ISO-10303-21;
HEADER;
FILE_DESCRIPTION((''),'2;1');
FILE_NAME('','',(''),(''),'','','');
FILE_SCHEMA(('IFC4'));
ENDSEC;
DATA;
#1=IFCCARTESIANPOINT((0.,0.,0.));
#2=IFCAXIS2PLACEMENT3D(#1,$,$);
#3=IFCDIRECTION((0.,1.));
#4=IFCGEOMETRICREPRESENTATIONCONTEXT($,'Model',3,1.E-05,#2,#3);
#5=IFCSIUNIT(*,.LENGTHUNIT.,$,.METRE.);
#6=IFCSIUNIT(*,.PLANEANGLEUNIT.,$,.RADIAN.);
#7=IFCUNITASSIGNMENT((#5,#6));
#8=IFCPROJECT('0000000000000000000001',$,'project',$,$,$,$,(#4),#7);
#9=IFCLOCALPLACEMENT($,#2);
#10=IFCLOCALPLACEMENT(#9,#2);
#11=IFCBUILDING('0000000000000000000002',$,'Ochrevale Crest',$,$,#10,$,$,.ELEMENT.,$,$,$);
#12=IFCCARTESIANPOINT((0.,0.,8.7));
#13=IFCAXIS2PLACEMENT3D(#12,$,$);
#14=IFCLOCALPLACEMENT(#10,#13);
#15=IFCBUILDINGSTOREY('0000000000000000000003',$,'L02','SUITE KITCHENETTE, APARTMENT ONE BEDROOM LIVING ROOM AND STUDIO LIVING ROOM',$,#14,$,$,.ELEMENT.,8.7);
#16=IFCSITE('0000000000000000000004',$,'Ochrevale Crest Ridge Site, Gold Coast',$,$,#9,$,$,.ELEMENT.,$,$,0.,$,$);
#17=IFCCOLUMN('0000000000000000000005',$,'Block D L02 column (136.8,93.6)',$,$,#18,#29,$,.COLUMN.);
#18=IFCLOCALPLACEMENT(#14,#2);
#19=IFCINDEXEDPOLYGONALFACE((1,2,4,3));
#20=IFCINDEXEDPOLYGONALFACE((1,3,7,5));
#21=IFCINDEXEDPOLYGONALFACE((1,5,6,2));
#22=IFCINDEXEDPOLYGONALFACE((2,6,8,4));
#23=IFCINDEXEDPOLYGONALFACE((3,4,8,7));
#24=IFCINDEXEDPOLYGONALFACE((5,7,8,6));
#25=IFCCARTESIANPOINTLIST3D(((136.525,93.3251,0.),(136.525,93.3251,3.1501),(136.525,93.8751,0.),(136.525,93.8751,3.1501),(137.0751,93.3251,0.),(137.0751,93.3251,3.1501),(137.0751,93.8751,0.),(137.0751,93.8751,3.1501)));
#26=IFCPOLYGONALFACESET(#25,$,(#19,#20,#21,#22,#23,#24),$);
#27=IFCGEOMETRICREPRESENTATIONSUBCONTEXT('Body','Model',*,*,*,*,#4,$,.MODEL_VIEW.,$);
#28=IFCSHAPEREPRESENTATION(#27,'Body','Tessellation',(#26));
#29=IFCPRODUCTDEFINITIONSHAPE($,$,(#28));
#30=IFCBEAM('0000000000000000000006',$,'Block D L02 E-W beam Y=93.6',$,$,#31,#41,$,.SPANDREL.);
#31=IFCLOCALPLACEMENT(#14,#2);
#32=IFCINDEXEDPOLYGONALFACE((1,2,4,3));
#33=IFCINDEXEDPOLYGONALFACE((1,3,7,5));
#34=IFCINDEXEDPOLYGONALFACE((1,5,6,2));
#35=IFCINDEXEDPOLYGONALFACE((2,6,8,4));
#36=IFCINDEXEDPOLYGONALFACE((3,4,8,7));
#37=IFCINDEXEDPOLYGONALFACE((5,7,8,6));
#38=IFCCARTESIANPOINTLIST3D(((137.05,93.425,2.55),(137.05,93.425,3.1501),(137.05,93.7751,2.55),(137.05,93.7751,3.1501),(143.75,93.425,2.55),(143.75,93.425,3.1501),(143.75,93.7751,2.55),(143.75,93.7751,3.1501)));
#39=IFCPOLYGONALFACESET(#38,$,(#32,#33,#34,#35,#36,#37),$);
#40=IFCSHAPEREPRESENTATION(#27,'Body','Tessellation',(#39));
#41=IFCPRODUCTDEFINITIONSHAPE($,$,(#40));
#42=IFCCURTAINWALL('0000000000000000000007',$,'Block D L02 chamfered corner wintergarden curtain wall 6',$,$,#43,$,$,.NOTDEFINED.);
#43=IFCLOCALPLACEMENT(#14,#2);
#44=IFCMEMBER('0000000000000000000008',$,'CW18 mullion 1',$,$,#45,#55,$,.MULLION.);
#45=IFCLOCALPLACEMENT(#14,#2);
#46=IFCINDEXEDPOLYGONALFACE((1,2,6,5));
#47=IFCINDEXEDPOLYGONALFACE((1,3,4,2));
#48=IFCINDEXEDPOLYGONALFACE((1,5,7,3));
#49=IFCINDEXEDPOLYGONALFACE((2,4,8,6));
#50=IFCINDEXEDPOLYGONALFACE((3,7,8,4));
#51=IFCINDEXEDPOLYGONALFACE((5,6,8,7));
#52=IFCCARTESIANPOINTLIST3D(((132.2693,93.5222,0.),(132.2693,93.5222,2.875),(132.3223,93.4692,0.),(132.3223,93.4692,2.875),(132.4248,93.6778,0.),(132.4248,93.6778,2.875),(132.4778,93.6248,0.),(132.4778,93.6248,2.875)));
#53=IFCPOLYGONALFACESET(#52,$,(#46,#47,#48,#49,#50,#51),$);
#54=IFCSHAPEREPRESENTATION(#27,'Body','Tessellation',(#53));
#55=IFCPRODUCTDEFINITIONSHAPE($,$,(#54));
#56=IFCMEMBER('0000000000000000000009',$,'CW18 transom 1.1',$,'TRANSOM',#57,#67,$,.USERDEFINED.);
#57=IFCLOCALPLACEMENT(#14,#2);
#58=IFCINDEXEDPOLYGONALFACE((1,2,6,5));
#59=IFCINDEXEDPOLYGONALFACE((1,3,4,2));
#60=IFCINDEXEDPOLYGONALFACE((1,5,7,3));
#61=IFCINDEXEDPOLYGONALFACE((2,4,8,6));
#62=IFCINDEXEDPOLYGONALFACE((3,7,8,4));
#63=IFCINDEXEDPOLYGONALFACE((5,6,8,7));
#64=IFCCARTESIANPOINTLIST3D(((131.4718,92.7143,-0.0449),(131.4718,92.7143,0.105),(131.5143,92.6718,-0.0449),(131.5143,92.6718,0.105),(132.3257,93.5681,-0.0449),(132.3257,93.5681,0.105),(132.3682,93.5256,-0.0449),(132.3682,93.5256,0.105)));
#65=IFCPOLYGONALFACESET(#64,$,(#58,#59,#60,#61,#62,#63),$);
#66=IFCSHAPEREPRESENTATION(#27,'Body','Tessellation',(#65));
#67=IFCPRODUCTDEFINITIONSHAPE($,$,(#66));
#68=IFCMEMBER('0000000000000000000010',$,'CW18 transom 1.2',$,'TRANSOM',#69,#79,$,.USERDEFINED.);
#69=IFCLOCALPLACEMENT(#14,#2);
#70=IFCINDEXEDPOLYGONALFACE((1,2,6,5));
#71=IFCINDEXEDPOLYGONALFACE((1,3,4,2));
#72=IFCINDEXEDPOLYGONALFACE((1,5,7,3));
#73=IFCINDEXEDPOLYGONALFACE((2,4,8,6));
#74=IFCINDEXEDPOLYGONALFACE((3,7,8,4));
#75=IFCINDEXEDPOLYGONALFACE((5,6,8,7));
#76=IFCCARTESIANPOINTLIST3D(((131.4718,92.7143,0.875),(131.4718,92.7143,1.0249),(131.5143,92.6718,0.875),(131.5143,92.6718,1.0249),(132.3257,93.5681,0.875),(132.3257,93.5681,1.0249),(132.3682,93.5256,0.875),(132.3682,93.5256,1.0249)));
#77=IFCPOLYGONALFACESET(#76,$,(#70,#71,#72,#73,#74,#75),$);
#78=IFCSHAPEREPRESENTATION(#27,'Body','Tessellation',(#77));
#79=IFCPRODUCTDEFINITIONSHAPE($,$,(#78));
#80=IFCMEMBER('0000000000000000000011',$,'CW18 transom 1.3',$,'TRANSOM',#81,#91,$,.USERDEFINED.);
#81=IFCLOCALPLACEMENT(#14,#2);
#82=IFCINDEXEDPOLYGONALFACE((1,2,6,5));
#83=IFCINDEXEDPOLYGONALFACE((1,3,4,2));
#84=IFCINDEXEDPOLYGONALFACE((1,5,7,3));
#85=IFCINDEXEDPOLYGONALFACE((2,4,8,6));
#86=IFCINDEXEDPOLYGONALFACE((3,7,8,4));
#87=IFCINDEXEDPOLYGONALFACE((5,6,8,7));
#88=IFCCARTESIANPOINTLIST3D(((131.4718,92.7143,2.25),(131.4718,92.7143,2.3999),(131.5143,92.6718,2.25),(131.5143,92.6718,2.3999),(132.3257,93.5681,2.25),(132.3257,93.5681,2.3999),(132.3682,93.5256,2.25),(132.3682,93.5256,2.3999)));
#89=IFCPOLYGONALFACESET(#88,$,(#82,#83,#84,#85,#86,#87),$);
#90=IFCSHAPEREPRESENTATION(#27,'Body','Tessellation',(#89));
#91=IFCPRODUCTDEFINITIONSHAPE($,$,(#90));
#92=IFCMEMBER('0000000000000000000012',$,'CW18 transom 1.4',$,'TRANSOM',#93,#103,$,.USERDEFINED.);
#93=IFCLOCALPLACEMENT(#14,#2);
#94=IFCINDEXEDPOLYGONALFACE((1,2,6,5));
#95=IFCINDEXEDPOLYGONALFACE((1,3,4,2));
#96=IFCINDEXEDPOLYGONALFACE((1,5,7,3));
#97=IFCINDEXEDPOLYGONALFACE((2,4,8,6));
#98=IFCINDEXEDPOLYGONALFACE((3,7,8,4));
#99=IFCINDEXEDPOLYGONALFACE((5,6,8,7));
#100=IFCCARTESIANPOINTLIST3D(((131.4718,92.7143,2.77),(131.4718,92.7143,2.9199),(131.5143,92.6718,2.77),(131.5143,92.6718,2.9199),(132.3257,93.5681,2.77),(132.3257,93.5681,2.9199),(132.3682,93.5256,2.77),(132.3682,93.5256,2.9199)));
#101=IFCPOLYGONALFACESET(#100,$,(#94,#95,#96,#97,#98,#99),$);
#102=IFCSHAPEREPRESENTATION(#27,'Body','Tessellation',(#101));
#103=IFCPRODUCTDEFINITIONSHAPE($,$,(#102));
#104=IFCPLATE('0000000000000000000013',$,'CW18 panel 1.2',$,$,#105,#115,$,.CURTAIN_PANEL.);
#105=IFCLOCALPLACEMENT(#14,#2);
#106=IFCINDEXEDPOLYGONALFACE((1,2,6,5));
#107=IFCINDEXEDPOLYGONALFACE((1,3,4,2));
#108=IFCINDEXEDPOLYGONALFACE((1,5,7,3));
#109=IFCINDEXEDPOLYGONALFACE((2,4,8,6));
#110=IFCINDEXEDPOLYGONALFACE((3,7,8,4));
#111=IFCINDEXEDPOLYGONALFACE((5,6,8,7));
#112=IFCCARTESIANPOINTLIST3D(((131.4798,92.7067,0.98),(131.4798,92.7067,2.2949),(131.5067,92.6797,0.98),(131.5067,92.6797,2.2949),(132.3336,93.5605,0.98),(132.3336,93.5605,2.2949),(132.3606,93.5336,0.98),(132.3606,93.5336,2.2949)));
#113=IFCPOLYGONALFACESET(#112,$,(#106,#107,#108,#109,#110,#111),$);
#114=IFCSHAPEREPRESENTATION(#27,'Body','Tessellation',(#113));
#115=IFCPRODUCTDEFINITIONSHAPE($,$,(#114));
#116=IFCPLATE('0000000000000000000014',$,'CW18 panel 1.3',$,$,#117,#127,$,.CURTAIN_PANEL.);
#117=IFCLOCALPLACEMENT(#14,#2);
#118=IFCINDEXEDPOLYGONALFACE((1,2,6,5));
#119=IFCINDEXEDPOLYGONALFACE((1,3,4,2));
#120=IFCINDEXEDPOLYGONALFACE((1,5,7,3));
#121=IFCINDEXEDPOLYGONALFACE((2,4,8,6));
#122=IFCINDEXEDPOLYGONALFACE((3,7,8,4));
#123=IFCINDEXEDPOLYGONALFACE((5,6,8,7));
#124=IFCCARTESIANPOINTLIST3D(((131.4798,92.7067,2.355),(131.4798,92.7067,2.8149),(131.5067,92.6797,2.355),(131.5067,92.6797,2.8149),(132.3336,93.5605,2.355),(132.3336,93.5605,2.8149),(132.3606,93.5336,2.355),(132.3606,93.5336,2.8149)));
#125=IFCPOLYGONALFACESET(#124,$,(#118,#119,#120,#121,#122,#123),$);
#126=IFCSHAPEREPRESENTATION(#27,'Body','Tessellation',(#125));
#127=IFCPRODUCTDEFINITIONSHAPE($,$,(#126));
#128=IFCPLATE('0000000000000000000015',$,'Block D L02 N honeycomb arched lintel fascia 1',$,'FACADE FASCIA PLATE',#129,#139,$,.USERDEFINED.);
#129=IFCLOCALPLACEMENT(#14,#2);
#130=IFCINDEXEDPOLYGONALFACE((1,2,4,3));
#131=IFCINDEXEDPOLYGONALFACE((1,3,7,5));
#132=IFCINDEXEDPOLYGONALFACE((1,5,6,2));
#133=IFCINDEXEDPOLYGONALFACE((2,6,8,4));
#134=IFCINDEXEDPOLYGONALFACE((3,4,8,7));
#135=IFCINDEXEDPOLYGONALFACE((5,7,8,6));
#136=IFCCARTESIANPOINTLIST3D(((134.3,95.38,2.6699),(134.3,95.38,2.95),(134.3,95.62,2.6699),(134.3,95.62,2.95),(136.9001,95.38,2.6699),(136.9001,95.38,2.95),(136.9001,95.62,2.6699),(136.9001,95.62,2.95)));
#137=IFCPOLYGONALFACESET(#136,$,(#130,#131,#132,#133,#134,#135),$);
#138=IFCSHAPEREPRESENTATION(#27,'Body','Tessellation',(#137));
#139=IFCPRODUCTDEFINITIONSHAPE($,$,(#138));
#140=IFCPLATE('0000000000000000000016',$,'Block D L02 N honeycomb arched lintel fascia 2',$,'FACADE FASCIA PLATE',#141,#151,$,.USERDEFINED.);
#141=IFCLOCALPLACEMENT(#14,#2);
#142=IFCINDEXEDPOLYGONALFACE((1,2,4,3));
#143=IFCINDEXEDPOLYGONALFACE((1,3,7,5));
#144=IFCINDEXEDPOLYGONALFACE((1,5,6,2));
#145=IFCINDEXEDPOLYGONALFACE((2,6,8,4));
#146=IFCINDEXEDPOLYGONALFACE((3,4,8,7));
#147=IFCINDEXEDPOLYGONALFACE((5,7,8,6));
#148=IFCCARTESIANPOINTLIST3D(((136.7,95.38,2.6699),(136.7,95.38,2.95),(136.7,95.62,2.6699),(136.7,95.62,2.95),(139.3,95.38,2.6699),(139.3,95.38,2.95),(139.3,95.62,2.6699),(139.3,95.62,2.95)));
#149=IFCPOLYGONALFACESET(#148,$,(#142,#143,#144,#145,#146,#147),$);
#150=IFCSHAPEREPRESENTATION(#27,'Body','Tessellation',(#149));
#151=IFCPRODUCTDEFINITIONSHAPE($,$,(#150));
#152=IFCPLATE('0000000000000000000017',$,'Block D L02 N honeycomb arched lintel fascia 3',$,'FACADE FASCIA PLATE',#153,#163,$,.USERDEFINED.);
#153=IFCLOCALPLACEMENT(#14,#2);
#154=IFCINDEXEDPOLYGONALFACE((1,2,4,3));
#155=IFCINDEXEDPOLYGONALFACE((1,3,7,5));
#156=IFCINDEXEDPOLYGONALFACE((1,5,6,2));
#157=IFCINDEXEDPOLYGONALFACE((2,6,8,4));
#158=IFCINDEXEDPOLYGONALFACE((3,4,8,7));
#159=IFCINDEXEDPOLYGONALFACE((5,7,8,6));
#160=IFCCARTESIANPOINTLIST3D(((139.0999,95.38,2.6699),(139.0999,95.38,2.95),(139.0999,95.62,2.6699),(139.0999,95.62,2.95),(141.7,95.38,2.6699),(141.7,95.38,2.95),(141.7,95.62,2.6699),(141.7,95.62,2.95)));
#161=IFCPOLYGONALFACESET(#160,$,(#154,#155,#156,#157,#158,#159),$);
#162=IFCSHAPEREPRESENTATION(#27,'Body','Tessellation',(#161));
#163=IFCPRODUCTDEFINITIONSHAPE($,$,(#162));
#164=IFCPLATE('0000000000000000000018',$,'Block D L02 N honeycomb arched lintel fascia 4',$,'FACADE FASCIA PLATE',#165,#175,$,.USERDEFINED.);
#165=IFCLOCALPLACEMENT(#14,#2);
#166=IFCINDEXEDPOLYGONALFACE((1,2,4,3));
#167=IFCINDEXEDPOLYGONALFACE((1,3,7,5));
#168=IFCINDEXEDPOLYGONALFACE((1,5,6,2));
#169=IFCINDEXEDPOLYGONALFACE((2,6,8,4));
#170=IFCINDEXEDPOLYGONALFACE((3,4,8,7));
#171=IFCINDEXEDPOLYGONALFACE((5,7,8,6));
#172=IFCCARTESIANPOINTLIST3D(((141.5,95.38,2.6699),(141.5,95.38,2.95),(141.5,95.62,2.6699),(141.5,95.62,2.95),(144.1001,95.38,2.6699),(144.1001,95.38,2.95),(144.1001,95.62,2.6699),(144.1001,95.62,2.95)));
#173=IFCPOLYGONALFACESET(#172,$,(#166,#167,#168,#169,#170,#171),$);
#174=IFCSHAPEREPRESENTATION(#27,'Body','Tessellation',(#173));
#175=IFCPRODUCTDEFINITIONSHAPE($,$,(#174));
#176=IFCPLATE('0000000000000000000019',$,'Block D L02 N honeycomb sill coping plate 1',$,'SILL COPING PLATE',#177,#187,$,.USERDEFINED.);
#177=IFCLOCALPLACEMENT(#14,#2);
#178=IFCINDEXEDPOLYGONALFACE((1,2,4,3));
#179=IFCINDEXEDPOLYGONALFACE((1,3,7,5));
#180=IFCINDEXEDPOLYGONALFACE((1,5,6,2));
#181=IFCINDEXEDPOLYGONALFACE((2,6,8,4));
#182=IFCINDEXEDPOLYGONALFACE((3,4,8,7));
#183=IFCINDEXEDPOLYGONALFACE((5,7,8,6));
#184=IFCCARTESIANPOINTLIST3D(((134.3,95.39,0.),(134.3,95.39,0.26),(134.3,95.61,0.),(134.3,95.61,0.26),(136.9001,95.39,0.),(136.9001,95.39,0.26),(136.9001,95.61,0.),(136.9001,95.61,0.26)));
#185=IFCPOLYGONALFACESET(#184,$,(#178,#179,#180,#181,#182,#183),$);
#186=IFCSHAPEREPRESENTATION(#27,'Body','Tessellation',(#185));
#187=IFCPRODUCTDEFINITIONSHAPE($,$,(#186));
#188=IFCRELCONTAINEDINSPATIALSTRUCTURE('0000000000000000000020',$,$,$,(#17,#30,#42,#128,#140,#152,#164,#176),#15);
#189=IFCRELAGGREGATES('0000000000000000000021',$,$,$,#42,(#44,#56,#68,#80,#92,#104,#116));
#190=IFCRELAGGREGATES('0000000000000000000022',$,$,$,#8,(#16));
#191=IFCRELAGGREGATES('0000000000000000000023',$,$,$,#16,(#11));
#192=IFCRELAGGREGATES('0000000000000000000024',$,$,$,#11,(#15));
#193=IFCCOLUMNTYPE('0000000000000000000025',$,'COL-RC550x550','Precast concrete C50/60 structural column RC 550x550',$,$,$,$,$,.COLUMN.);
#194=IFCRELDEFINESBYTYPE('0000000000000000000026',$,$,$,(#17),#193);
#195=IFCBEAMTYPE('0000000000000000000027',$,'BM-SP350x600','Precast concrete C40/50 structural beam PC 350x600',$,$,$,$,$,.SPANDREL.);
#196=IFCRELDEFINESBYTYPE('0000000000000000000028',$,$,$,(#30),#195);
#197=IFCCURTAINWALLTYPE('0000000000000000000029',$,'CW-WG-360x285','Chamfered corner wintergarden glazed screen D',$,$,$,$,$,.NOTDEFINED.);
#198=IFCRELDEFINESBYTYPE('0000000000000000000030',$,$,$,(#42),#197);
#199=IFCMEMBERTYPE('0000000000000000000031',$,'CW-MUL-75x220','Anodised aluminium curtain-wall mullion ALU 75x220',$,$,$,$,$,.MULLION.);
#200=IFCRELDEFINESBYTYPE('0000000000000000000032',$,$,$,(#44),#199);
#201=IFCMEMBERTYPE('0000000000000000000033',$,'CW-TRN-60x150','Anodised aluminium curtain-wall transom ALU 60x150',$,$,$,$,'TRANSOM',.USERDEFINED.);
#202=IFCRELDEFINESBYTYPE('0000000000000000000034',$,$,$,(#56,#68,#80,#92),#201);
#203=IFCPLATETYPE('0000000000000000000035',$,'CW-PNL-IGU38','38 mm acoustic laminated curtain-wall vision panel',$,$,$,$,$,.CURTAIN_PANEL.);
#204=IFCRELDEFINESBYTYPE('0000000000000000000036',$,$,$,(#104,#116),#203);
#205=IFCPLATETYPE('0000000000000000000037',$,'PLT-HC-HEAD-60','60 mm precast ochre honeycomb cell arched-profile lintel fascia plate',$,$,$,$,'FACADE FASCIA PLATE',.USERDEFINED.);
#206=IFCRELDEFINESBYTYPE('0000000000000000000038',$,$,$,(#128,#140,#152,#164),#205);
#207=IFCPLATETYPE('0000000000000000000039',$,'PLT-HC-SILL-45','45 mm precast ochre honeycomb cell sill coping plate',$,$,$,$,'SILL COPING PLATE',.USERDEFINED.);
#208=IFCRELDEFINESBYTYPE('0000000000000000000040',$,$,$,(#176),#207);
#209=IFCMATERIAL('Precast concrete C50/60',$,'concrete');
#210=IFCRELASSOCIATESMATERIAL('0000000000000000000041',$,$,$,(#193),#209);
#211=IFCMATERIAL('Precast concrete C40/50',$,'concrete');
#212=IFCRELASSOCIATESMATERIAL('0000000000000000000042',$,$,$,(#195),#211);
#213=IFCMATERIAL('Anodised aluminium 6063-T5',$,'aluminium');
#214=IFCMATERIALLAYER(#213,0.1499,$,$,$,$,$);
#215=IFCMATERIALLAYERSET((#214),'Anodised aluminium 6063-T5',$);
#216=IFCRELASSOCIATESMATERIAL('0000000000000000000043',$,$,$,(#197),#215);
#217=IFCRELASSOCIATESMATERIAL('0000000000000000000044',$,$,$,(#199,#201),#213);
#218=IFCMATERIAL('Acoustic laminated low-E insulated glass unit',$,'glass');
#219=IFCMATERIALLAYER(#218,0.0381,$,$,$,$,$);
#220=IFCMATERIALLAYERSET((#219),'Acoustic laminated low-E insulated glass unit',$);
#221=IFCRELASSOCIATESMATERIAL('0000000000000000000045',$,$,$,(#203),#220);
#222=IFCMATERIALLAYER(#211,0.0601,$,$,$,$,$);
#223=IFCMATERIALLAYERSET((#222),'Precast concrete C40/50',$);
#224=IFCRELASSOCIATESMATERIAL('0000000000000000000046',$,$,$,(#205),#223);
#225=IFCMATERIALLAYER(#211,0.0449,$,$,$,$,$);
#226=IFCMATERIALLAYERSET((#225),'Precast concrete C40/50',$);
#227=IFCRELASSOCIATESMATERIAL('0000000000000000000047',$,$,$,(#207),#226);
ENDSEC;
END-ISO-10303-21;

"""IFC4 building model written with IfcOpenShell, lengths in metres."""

from ifc_helpers import new_model, si_unit, direction, frame, origin, origin_2d, place, context, subcontext, project, spatial, rectangle, extrude, material, layer, layer_set, material_profile, profile_set, type_object, element, aggregate, save


model = new_model("IFC4")

# Units and contexts
model_context = context("Model", 3, precision=1e-05, world=origin(), true_north=direction((0.0, 1.0)))
body_context = subcontext(model_context, "Body", "Model", "MODEL_VIEW")
ifc_project = project(units=[si_unit("LENGTHUNIT", "METRE"), si_unit("PLANEANGLEUNIT", "RADIAN")], contexts=[model_context])

# Site, building, storey
site_placement = place(None, origin())
site = spatial("IfcSite", under=ifc_project, at=site_placement, Name="Ochrevale Crest Ridge Site, Gold Coast", CompositionType="ELEMENT", RefElevation=0.0)
building_placement = place(site_placement, origin())
building = spatial("IfcBuilding", under=site, at=building_placement, Name="Ochrevale Crest", CompositionType="ELEMENT")
storey_placement = place(building_placement, frame((0.0, 0.0, 8.7)))
storey = spatial("IfcBuildingStorey", under=building, at=storey_placement, Name="L02", Description="SUITE KITCHENETTE, APARTMENT ONE BEDROOM LIVING ROOM AND STUDIO LIVING ROOM", CompositionType="ELEMENT", Elevation=8.7)

# Column
ifc_material_1 = material(Name="Precast concrete C50/60", Category="concrete")
ifc_material_profile_1 = material_profile(ifc_material_1, rectangle(XDim=0.55, YDim=0.55, at=origin_2d()), Name="RC 550x550")
ifc_profile_set_1 = profile_set([ifc_material_profile_1], Name="Precast concrete C50/60")
column_type = type_object("IfcColumnType", Name="COL-RC550x550", Description="Precast concrete C50/60 structural column RC 550x550", PredefinedType="COLUMN", material=ifc_profile_set_1)
column_placement = place(storey_placement, frame((136.8, 93.6001, 0.0), z_axis=(0.0, 0.0, 1.0), x_axis=(1.0, 0.0, 0.0)))
element("IfcColumn", 1, at=column_placement, inside=storey, type_object=column_type, Name="Block D L02 column (136.8,93.6)", PredefinedType="COLUMN", context=body_context, shape_type="SweptSolid", body=[
    extrude(rectangle(XDim=0.55, YDim=0.55, at=origin_2d()), origin(), (0.0, 0.0, 1.0), 3.1501),
])

# Beam
ifc_material_2 = material(Name="Precast concrete C40/50", Category="concrete")
ifc_material_profile_2 = material_profile(ifc_material_2, rectangle(XDim=0.3501, YDim=0.6001, at=origin_2d()), Name="PC 350x600")
ifc_profile_set_2 = profile_set([ifc_material_profile_2], Name="Precast concrete C40/50")
beam_type = type_object("IfcBeamType", Name="BM-SP350x600", Description="Precast concrete C40/50 structural beam PC 350x600", PredefinedType="SPANDREL", material=ifc_profile_set_2)
beam_placement = place(storey_placement, frame((137.05, 93.6001, 2.8501), z_axis=(1.0, 0.0, 0.0), x_axis=(0.0, 1.0, 0.0)))
element("IfcBeam", 2, at=beam_placement, inside=storey, type_object=beam_type, Name="Block D L02 E-W beam Y=93.6", PredefinedType="SPANDREL", context=body_context, shape_type="SweptSolid", body=[
    extrude(rectangle(XDim=0.3501, YDim=0.6001, at=origin_2d()), origin(), (0.0, 0.0, 1.0), 6.7),
])

# Curtain wall, members, plates
ifc_material_3 = material(Name="Anodised aluminium 6063-T5", Category="aluminium")
ifc_layer_1 = layer(ifc_material_3, 0.1499)
ifc_layer_set_1 = layer_set([ifc_layer_1], Name="Anodised aluminium 6063-T5")
curtain_wall_type = type_object("IfcCurtainWallType", Name="CW-WG-360x285", Description="Chamfered corner wintergarden glazed screen D", PredefinedType="NOTDEFINED", material=ifc_layer_set_1)
curtain_wall_placement = place(storey_placement, origin())
curtain_wall = element("IfcCurtainWall", 3, at=curtain_wall_placement, inside=storey, type_object=curtain_wall_type, Name="Block D L02 chamfered corner wintergarden curtain wall 6", PredefinedType="NOTDEFINED")
ifc_material_profile_3 = material_profile(ifc_material_3, rectangle(XDim=0.075, YDim=0.22, at=origin_2d()), Name="ALU 75x220")
ifc_profile_set_3 = profile_set([ifc_material_profile_3], Name="Anodised aluminium 6063-T5")
member_type_1 = type_object("IfcMemberType", Name="CW-MUL-75x220", Description="Anodised aluminium curtain-wall mullion ALU 75x220", PredefinedType="MULLION", material=ifc_profile_set_3)
member_1_placement = place(storey_placement, frame((132.3735, 93.5735, 0.0), z_axis=(0.0, 0.0, 1.0), x_axis=(0.707107, -0.707107, 0.0)))
member_1 = element("IfcMember", 4, at=member_1_placement, type_object=member_type_1, Name="CW18 mullion 1", PredefinedType="MULLION", context=body_context, shape_type="SweptSolid", body=[
    extrude(rectangle(XDim=0.075, YDim=0.22, at=origin_2d()), origin(), (0.0, 0.0, 1.0), 2.875),
])
ifc_material_profile_4 = material_profile(ifc_material_3, rectangle(XDim=0.0601, YDim=0.1499, at=origin_2d()), Name="ALU 60x150")
ifc_profile_set_4 = profile_set([ifc_material_profile_4], Name="Anodised aluminium 6063-T5")
member_type_2 = type_object("IfcMemberType", Name="CW-TRN-60x150", Description="Anodised aluminium curtain-wall transom ALU 60x150", ElementType="TRANSOM", PredefinedType="USERDEFINED", material=ifc_profile_set_4)
member_2_placement = place(storey_placement, frame((132.3469, 93.5469, 0.03), z_axis=(-0.707107, -0.707107, 0.0), x_axis=(0.707107, -0.707107, 0.0)))
member_2 = element("IfcMember", 5, at=member_2_placement, type_object=member_type_2, Name="CW18 transom 1.1", ObjectType="TRANSOM", PredefinedType="USERDEFINED", context=body_context, shape_type="SweptSolid", body=[
    extrude(rectangle(XDim=0.0601, YDim=0.1499, at=origin_2d()), origin(), (0.0, 0.0, 1.0), 1.2075),
])
member_3_placement = place(storey_placement, frame((132.3469, 93.5469, 0.95), z_axis=(-0.707107, -0.707107, 0.0), x_axis=(0.707107, -0.707107, 0.0)))
member_3 = element("IfcMember", 6, at=member_3_placement, type_object=member_type_2, Name="CW18 transom 1.2", ObjectType="TRANSOM", PredefinedType="USERDEFINED", context=body_context, shape_type="SweptSolid", body=[
    extrude(rectangle(XDim=0.0601, YDim=0.1499, at=origin_2d()), origin(), (0.0, 0.0, 1.0), 1.2075),
])
member_4_placement = place(storey_placement, frame((132.3469, 93.5469, 2.325), z_axis=(-0.707107, -0.707107, 0.0), x_axis=(0.707107, -0.707107, 0.0)))
member_4 = element("IfcMember", 7, at=member_4_placement, type_object=member_type_2, Name="CW18 transom 1.3", ObjectType="TRANSOM", PredefinedType="USERDEFINED", context=body_context, shape_type="SweptSolid", body=[
    extrude(rectangle(XDim=0.0601, YDim=0.1499, at=origin_2d()), origin(), (0.0, 0.0, 1.0), 1.2075),
])
member_5_placement = place(storey_placement, frame((132.3469, 93.5469, 2.845), z_axis=(-0.707107, -0.707107, 0.0), x_axis=(0.707107, -0.707107, 0.0)))
member_5 = element("IfcMember", 8, at=member_5_placement, type_object=member_type_2, Name="CW18 transom 1.4", ObjectType="TRANSOM", PredefinedType="USERDEFINED", context=body_context, shape_type="SweptSolid", body=[
    extrude(rectangle(XDim=0.0601, YDim=0.1499, at=origin_2d()), origin(), (0.0, 0.0, 1.0), 1.2075),
])
ifc_material_4 = material(Name="Acoustic laminated low-E insulated glass unit", Category="glass")
ifc_layer_2 = layer(ifc_material_4, 0.0381)
ifc_layer_set_2 = layer_set([ifc_layer_2], Name="Acoustic laminated low-E insulated glass unit")
plate_type_1 = type_object("IfcPlateType", Name="CW-PNL-IGU38", Description="38 mm acoustic laminated curtain-wall vision panel", PredefinedType="CURTAIN_PANEL", material=ifc_layer_set_2)
plate_1_placement = place(storey_placement, frame((131.9202, 93.1201, 0.98), z_axis=(0.0, 0.0, 1.0), x_axis=(-0.707107, -0.707107, 0.0)))
plate_1 = element("IfcPlate", 9, at=plate_1_placement, type_object=plate_type_1, Name="CW18 panel 1.2", PredefinedType="CURTAIN_PANEL", context=body_context, shape_type="SweptSolid", body=[
    extrude(rectangle(XDim=1.2075, YDim=0.0381, at=origin_2d()), origin(), (0.0, 0.0, 1.0), 1.3149),
])
plate_2_placement = place(storey_placement, frame((131.9202, 93.1201, 2.355), z_axis=(0.0, 0.0, 1.0), x_axis=(-0.707107, -0.707107, 0.0)))
plate_2 = element("IfcPlate", 10, at=plate_2_placement, type_object=plate_type_1, Name="CW18 panel 1.3", PredefinedType="CURTAIN_PANEL", context=body_context, shape_type="SweptSolid", body=[
    extrude(rectangle(XDim=1.2075, YDim=0.0381, at=origin_2d()), origin(), (0.0, 0.0, 1.0), 0.46),
])
aggregate(curtain_wall, [member_1, member_2, member_3, member_4, member_5, plate_1, plate_2])

# Plates
ifc_layer_3 = layer(ifc_material_2, 0.0601)
ifc_layer_set_3 = layer_set([ifc_layer_3], Name="Precast concrete C40/50")
plate_type_2 = type_object("IfcPlateType", Name="PLT-HC-HEAD-60", Description="60 mm precast ochre honeycomb cell arched-profile lintel fascia plate", ElementType="FACADE FASCIA PLATE", PredefinedType="USERDEFINED", material=ifc_layer_set_3)
for number, where, z_axis, x_axis, name in (
    (11, (135.6001, 95.5, 2.6699), (0.0, 0.0, 1.0), (1.0, 0.0, 0.0), "Block D L02 N honeycomb arched lintel fascia 1"),
    (12, (138.0, 95.5, 2.6699), (0.0, 0.0, 1.0), (1.0, 0.0, 0.0), "Block D L02 N honeycomb arched lintel fascia 2"),
    (13, (140.3999, 95.5, 2.6699), (0.0, 0.0, 1.0), (1.0, 0.0, 0.0), "Block D L02 N honeycomb arched lintel fascia 3"),
    (14, (142.8, 95.5, 2.6699), (0.0, 0.0, 1.0), (1.0, 0.0, 0.0), "Block D L02 N honeycomb arched lintel fascia 4"),
):
    element("IfcPlate", number, at=place(storey_placement, frame(where, z_axis=z_axis, x_axis=x_axis)), inside=storey, type_object=plate_type_2, Name=name, ObjectType="FACADE FASCIA PLATE", PredefinedType="USERDEFINED", context=body_context, shape_type="SweptSolid", body=[
        extrude(rectangle(XDim=2.6001, YDim=0.24, at=origin_2d()), origin(), (0.0, 0.0, 1.0), 0.28),
    ])
ifc_layer_4 = layer(ifc_material_2, 0.0449)
ifc_layer_set_4 = layer_set([ifc_layer_4], Name="Precast concrete C40/50")
plate_type_3 = type_object("IfcPlateType", Name="PLT-HC-SILL-45", Description="45 mm precast ochre honeycomb cell sill coping plate", ElementType="SILL COPING PLATE", PredefinedType="USERDEFINED", material=ifc_layer_set_4)
for number, where, z_axis, x_axis, name in (
    (15, (135.6001, 95.5, 0.0), (0.0, 0.0, 1.0), (1.0, 0.0, 0.0), "Block D L02 N honeycomb sill coping plate 1"),
):
    element("IfcPlate", number, at=place(storey_placement, frame(where, z_axis=z_axis, x_axis=x_axis)), inside=storey, type_object=plate_type_3, Name=name, ObjectType="SILL COPING PLATE", PredefinedType="USERDEFINED", context=body_context, shape_type="SweptSolid", body=[
        extrude(rectangle(XDim=2.6001, YDim=0.22, at=origin_2d()), origin(), (0.0, 0.0, 1.0), 0.26),
    ])

save(model, "model.ifc")
